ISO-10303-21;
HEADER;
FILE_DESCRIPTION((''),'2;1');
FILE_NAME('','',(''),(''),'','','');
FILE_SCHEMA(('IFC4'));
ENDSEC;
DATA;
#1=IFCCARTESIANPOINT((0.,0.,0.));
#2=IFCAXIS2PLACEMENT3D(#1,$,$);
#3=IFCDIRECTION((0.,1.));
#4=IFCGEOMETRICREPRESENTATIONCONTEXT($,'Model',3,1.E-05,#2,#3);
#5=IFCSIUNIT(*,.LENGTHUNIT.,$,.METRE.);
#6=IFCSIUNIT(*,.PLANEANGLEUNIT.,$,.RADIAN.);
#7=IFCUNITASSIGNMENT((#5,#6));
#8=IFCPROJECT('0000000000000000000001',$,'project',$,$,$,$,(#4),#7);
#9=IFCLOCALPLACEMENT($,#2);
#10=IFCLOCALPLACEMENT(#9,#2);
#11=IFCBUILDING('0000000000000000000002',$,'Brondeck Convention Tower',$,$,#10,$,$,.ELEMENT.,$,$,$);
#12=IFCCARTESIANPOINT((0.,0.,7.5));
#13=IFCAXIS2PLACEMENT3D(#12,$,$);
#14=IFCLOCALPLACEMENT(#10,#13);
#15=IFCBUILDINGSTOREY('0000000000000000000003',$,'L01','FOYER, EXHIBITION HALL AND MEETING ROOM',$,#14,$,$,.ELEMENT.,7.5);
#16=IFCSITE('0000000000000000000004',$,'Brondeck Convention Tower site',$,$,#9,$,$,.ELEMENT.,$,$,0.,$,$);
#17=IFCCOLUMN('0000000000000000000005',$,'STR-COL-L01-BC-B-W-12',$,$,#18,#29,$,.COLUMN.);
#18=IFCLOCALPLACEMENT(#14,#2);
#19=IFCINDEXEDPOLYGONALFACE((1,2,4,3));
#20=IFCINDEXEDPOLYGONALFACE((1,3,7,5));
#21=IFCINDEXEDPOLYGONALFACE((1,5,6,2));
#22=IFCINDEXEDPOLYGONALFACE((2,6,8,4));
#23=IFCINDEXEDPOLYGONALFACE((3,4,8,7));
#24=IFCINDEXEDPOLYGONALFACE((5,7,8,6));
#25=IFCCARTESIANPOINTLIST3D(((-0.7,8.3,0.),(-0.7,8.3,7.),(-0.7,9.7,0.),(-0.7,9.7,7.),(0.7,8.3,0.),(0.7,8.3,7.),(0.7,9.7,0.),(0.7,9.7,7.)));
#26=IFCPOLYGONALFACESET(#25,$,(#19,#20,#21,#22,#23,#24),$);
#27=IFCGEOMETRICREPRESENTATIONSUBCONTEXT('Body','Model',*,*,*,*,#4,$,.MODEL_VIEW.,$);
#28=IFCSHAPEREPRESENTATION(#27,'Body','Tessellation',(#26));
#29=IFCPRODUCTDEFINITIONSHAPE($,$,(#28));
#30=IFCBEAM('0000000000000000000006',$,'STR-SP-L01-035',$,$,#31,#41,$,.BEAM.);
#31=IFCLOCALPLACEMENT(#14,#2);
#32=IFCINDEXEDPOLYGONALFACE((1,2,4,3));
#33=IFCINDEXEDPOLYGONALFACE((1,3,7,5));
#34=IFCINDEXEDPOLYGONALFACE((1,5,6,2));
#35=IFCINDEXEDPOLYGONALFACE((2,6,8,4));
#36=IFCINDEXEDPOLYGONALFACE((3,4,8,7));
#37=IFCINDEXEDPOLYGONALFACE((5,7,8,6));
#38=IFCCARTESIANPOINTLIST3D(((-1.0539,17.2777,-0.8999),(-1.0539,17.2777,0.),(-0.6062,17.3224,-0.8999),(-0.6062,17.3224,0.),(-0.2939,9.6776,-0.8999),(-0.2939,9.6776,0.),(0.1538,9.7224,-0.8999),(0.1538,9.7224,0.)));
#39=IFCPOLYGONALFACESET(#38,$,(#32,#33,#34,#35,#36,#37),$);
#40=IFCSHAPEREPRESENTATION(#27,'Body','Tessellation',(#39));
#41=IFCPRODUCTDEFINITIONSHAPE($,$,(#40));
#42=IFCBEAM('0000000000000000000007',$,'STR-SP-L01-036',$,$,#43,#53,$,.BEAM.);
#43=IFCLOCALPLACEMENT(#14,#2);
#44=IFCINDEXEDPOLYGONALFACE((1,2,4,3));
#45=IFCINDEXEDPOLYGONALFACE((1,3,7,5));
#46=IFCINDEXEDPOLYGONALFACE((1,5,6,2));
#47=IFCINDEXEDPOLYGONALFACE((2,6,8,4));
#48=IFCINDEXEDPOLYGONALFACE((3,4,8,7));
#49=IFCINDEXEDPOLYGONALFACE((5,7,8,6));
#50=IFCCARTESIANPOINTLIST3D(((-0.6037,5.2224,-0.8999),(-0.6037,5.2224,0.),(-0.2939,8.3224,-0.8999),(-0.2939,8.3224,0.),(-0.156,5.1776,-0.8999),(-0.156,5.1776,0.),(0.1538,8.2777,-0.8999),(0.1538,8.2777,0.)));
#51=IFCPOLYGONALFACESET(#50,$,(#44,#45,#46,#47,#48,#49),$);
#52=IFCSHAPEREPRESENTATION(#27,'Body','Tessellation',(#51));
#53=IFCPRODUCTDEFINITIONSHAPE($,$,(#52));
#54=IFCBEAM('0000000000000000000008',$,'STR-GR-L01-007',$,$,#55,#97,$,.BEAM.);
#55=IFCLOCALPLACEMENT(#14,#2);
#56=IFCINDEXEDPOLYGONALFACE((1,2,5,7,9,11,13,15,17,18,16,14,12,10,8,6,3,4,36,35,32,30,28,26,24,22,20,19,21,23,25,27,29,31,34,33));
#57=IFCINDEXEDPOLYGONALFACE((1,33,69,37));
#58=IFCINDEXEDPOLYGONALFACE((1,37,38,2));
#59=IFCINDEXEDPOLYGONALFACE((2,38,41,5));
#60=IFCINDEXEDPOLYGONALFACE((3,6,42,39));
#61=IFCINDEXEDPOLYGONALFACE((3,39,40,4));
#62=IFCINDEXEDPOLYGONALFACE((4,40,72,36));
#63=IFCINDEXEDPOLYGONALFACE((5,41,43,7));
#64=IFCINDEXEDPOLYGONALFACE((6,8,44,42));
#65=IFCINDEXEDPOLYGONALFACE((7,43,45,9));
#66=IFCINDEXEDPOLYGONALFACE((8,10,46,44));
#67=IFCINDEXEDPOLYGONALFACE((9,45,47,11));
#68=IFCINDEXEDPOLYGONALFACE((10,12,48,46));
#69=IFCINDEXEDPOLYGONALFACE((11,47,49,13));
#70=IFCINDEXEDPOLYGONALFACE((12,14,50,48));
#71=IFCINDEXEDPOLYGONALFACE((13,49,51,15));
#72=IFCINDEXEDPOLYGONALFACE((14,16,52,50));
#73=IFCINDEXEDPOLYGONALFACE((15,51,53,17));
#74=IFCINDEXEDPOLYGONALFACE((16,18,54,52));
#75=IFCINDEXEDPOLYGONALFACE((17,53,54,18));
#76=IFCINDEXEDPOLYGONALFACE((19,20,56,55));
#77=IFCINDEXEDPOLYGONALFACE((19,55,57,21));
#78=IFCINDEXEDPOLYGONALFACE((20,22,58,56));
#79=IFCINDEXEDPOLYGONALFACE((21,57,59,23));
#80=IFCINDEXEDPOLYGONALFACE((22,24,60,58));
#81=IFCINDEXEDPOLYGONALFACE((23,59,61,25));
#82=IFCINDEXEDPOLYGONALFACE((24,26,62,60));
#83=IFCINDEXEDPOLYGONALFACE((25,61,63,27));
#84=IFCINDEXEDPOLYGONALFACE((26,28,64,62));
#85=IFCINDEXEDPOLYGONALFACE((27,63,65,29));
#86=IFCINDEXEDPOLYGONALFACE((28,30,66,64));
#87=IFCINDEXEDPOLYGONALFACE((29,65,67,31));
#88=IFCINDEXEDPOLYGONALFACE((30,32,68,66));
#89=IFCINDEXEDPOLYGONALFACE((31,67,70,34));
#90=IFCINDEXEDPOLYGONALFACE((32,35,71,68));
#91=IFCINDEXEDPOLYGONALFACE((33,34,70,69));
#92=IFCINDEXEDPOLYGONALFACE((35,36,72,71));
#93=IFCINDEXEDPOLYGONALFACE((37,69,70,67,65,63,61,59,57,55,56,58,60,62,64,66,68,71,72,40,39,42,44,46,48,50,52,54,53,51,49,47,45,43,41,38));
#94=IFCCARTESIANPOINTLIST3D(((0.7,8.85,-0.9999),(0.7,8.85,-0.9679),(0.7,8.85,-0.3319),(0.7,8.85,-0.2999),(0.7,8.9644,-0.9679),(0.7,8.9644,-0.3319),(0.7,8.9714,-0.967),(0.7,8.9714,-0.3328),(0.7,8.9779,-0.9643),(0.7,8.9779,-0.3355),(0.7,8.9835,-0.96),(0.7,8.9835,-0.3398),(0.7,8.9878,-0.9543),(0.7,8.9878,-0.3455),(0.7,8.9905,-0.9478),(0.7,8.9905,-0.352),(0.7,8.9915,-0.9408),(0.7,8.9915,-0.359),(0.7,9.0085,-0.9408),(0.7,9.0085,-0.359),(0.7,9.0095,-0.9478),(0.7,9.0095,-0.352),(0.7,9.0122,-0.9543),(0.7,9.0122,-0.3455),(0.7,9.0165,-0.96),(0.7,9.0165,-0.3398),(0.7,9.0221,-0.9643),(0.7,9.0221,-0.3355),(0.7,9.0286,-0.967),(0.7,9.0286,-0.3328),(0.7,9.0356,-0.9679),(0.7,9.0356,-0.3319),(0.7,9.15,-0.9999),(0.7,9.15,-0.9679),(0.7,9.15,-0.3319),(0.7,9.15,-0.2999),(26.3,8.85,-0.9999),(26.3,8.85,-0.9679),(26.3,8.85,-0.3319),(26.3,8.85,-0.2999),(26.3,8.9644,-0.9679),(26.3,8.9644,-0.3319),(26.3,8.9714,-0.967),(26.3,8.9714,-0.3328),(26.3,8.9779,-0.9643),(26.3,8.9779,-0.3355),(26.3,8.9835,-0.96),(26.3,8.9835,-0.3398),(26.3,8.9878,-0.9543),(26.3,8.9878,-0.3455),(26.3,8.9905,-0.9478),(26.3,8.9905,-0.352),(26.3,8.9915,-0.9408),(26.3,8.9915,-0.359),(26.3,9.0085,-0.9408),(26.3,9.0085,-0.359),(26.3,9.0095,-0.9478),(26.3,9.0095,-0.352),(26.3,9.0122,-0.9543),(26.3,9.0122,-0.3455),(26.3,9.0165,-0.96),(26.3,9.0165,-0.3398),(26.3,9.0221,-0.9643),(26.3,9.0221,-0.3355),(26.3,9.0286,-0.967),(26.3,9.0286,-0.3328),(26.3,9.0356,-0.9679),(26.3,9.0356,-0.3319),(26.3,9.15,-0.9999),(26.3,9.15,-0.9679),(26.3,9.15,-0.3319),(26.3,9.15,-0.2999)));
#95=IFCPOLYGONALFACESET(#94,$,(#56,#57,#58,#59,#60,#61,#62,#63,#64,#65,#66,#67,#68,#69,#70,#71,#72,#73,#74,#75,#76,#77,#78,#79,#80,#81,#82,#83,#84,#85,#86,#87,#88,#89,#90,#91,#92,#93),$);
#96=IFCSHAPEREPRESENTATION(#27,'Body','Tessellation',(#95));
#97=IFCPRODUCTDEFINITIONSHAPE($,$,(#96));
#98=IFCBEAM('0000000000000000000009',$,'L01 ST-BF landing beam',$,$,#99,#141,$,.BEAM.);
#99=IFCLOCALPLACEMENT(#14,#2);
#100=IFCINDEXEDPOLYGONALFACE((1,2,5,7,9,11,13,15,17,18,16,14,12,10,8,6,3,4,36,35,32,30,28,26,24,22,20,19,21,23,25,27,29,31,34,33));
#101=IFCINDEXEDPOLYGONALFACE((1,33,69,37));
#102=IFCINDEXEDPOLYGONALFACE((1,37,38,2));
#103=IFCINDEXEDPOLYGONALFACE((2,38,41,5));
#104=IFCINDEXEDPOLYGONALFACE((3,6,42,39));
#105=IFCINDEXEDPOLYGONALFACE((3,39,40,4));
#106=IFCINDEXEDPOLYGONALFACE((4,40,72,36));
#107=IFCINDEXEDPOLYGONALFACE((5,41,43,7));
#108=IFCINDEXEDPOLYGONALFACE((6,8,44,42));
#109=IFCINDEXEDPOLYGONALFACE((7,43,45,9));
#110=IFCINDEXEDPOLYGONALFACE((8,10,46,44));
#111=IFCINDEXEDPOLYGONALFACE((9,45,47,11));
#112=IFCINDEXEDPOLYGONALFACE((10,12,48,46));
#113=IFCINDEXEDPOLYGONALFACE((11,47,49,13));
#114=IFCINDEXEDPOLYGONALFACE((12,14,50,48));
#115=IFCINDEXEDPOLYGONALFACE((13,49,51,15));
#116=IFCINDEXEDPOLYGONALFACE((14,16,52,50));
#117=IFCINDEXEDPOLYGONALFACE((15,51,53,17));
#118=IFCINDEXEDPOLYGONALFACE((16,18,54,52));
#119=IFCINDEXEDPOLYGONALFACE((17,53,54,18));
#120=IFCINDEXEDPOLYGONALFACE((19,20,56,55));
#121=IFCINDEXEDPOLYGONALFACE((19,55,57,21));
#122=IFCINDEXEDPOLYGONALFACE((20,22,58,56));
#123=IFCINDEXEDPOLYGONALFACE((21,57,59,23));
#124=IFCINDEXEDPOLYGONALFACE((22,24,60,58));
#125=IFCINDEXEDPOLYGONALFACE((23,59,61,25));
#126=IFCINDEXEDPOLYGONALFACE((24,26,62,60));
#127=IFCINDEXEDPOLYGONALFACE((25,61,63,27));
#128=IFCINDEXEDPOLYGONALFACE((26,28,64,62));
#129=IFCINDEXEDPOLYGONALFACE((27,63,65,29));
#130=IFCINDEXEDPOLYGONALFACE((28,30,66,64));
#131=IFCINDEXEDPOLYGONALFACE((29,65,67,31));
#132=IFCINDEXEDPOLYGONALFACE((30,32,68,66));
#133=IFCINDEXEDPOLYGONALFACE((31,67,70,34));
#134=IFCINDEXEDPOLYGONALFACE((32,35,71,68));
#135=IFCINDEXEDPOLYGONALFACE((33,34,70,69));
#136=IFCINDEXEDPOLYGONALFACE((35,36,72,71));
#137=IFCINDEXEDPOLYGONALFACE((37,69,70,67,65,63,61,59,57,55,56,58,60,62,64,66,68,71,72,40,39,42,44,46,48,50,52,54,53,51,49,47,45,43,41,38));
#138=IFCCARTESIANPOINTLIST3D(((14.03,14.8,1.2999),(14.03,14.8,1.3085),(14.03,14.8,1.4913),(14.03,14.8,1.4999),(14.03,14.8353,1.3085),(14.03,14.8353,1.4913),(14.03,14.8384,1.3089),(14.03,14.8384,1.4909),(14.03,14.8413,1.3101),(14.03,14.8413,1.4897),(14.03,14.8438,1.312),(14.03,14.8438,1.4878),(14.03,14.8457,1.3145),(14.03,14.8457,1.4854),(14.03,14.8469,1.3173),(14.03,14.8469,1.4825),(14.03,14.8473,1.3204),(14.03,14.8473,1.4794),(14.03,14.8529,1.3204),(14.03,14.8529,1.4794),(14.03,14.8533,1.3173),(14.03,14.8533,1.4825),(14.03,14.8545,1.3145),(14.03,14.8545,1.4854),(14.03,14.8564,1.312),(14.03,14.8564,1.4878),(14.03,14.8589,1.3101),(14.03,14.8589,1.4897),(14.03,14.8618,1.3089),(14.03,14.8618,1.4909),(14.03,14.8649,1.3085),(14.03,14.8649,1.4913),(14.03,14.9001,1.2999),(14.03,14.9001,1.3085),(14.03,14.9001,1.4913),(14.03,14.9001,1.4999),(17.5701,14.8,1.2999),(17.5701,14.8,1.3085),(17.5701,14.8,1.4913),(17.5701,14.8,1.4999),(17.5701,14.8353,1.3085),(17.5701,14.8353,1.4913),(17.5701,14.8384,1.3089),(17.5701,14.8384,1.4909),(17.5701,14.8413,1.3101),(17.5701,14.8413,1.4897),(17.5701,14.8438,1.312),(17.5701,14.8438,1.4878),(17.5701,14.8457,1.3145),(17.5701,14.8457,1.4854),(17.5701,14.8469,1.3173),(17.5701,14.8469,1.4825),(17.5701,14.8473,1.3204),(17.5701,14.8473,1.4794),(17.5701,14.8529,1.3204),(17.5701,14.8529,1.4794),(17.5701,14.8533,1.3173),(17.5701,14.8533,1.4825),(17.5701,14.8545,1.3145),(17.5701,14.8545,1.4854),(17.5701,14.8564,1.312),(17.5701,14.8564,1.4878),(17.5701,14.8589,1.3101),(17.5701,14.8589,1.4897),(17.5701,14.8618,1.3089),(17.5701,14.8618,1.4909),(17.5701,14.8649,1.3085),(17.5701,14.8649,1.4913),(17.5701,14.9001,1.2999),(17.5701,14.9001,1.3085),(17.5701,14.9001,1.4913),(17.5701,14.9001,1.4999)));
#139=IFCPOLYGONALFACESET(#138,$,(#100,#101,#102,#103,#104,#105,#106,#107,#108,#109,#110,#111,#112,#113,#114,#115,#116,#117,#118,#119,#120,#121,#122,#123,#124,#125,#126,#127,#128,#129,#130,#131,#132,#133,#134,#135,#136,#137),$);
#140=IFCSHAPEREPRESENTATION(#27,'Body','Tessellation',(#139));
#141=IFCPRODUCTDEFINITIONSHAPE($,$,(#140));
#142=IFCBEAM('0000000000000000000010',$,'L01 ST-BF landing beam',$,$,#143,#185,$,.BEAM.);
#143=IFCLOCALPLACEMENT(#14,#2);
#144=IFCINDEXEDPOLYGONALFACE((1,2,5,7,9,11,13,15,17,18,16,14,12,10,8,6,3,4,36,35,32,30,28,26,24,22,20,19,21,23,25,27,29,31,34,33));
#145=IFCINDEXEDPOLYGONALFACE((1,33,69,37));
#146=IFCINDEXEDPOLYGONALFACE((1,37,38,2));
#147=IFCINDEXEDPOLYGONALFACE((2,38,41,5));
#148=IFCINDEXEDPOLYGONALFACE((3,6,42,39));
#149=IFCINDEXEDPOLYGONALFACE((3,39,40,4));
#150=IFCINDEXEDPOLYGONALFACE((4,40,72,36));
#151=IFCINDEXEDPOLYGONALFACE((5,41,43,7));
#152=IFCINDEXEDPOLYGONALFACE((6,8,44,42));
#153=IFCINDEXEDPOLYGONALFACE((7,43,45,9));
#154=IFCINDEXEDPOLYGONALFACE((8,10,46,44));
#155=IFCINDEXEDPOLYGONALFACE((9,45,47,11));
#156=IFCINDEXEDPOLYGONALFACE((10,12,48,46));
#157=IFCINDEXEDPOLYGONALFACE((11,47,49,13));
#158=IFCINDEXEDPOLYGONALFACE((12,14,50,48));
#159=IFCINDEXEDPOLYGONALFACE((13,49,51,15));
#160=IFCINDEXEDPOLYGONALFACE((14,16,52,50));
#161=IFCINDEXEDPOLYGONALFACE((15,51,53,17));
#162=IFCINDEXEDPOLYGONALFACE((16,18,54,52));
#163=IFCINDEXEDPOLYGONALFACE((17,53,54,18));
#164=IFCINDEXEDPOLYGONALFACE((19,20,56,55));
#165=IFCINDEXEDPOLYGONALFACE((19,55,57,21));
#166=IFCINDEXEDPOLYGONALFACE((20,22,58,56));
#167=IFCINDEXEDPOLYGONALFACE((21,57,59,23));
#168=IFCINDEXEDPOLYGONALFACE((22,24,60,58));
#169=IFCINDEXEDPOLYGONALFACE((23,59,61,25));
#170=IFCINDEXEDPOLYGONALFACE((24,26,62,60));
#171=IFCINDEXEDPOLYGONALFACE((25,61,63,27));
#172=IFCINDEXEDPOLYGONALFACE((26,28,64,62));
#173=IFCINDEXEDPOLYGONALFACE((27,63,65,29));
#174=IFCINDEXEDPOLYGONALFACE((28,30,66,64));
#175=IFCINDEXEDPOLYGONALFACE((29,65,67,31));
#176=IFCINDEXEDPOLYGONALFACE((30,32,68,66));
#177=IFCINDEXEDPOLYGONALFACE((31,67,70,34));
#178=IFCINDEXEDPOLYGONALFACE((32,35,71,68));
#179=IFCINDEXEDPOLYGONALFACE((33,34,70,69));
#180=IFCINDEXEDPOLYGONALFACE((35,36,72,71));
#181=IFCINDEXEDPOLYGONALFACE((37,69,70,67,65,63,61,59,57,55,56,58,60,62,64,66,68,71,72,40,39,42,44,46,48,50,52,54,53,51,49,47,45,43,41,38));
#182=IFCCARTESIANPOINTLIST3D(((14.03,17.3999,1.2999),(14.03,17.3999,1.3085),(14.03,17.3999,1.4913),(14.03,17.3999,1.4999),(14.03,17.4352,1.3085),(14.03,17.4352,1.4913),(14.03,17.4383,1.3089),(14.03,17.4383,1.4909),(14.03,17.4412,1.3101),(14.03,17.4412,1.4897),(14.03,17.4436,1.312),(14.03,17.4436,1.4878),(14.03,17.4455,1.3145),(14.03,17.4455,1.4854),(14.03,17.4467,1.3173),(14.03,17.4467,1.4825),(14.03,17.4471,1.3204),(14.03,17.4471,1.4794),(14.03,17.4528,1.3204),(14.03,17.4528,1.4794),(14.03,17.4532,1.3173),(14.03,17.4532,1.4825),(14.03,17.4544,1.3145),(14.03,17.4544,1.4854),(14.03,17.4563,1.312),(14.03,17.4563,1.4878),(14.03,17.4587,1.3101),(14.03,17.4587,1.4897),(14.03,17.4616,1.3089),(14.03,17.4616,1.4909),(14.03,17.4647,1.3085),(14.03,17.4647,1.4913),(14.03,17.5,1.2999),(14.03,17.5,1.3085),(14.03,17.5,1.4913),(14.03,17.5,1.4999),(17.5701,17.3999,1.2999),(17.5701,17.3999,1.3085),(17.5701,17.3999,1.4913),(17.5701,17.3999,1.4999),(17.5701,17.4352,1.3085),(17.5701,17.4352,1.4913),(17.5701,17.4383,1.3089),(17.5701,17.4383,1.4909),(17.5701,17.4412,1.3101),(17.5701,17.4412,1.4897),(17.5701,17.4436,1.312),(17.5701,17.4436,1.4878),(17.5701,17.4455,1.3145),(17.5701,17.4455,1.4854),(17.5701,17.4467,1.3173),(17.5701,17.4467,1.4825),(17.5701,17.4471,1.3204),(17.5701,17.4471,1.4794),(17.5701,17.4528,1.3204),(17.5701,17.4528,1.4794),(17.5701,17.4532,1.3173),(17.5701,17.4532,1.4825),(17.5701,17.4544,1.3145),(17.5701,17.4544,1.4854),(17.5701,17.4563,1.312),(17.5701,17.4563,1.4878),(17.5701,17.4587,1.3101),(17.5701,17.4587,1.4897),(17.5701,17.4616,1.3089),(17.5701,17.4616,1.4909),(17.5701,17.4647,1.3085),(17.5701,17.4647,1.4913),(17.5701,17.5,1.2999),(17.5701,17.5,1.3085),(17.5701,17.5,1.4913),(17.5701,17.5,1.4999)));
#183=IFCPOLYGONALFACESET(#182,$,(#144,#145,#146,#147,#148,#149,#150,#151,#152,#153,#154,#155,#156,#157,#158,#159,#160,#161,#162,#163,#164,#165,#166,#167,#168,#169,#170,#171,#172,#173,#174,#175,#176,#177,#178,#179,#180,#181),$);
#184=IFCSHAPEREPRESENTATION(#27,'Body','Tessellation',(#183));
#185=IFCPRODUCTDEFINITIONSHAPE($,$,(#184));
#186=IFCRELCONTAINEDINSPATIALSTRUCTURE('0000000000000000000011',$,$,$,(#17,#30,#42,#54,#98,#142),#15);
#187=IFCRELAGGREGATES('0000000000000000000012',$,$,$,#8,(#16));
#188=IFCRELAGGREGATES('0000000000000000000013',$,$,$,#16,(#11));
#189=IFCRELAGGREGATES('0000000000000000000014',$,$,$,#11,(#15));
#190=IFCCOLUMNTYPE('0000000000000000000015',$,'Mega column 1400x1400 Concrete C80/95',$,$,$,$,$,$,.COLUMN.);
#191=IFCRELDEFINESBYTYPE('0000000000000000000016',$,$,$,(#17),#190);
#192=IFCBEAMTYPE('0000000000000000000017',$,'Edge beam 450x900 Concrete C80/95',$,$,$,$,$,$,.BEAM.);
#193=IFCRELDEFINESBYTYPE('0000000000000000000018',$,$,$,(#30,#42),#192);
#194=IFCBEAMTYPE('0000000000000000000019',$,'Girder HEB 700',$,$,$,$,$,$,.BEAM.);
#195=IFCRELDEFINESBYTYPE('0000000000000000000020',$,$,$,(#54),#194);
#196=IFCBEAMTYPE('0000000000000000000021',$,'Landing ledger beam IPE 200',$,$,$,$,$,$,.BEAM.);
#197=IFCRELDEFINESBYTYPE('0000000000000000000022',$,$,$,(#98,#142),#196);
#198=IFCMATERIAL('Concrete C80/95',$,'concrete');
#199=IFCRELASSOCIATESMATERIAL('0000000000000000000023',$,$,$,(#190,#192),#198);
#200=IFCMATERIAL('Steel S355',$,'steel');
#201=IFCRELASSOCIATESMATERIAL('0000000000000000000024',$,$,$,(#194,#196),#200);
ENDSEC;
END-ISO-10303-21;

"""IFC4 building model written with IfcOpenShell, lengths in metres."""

from ifc_helpers import new_model, si_unit, direction, frame, origin, origin_2d, place, context, subcontext, project, spatial, rectangle, i_section, extrude, material, material_profile, profile_set, type_object, element, save


model = new_model("IFC4")

# Units and contexts
model_context = context("Model", 3, precision=1e-05, world=origin(), true_north=direction((0.0, 1.0)))
body_context = subcontext(model_context, "Body", "Model", "MODEL_VIEW")
ifc_project = project(units=[si_unit("LENGTHUNIT", "METRE"), si_unit("PLANEANGLEUNIT", "RADIAN")], contexts=[model_context])

# Site, building, storey
site_placement = place(None, origin())
site = spatial("IfcSite", under=ifc_project, at=site_placement, Name="Brondeck Convention Tower site", CompositionType="ELEMENT", RefElevation=0.0)
building_placement = place(site_placement, origin())
building = spatial("IfcBuilding", under=site, at=building_placement, Name="Brondeck Convention Tower", CompositionType="ELEMENT")
storey_placement = place(building_placement, frame((0.0, 0.0, 7.5)))
storey = spatial("IfcBuildingStorey", under=building, at=storey_placement, Name="L01", Description="FOYER, EXHIBITION HALL AND MEETING ROOM", CompositionType="ELEMENT", Elevation=7.5)

# Column
ifc_material_1 = material(Name="Concrete C80/95", Category="concrete")
ifc_material_profile_1 = material_profile(ifc_material_1, rectangle(XDim=1.3999, YDim=1.3999, at=origin_2d()), Name="Mega column 1400x1400 Concrete C80/95")
ifc_profile_set_1 = profile_set([ifc_material_profile_1], Name="Concrete C80/95")
column_type = type_object("IfcColumnType", Name="Mega column 1400x1400 Concrete C80/95", PredefinedType="COLUMN", material=ifc_profile_set_1)
column_placement = place(storey_placement, frame((0.0, 9.0, 0.0), z_axis=(0.0, 0.0, 1.0), x_axis=(1.0, 0.0, 0.0)))
element("IfcColumn", 1, at=column_placement, inside=storey, type_object=column_type, Name="STR-COL-L01-BC-B-W-12", PredefinedType="COLUMN", context=body_context, shape_type="SweptSolid", body=[
    extrude(rectangle(XDim=1.3999, YDim=1.3999, at=origin_2d()), origin(), (0.0, 0.0, 1.0), 7.0),
])

# Beams
ifc_material_profile_2 = material_profile(ifc_material_1, rectangle(XDim=0.45, YDim=0.8999, at=origin_2d()), Name="Edge beam 450x900 Concrete C80/95")
ifc_profile_set_2 = profile_set([ifc_material_profile_2], Name="Concrete C80/95")
beam_type_1 = type_object("IfcBeamType", Name="Edge beam 450x900 Concrete C80/95", PredefinedType="BEAM", material=ifc_profile_set_2)
beam_1_placement = place(storey_placement, frame((-0.8301, 17.3, -0.45), z_axis=(0.099504, -0.995037, 0.0), x_axis=(0.995037, 0.099504, 0.0)))
element("IfcBeam", 2, at=beam_1_placement, inside=storey, type_object=beam_type_1, Name="STR-SP-L01-035", PredefinedType="BEAM", context=body_context, shape_type="SweptSolid", body=[
    extrude(rectangle(XDim=0.45, YDim=0.8999, at=origin_2d()), origin(), (0.0, 0.0, 1.0), 7.6379),
])
beam_2_placement = place(storey_placement, frame((-0.0701, 8.3, -0.45), z_axis=(-0.099442, -0.995043, 0.0), x_axis=(0.995043, -0.099442, 0.0)))
element("IfcBeam", 3, at=beam_2_placement, inside=storey, type_object=beam_type_1, Name="STR-SP-L01-036", PredefinedType="BEAM", context=body_context, shape_type="SweptSolid", body=[
    extrude(rectangle(XDim=0.45, YDim=0.8999, at=origin_2d()), origin(), (0.0, 0.0, 1.0), 3.1155),
])
ifc_material_2 = material(Name="Steel S355", Category="steel")
ifc_material_profile_3 = material_profile(ifc_material_2, i_section(OverallWidth=0.3, OverallDepth=0.7, WebThickness=0.0171, FlangeThickness=0.032, FilletRadius=0.0271, at=origin_2d()), Name="HEB 700")
ifc_profile_set_3 = profile_set([ifc_material_profile_3], Name="Steel S355")
beam_type_2 = type_object("IfcBeamType", Name="Girder HEB 700", PredefinedType="BEAM", material=ifc_profile_set_3)
beam_3_placement = place(storey_placement, frame((0.7, 9.0, -0.6499), z_axis=(1.0, 0.0, 0.0), x_axis=(0.0, 1.0, 0.0)))
element("IfcBeam", 4, at=beam_3_placement, inside=storey, type_object=beam_type_2, Name="STR-GR-L01-007", PredefinedType="BEAM", context=body_context, shape_type="SweptSolid", body=[
    extrude(i_section(OverallWidth=0.3, OverallDepth=0.7, WebThickness=0.0171, FlangeThickness=0.032, FilletRadius=0.0271, at=origin_2d()), origin(), (0.0, 0.0, 1.0), 25.6001),
])
ifc_material_profile_4 = material_profile(ifc_material_2, i_section(OverallWidth=0.1001, OverallDepth=0.2, WebThickness=0.0056, FlangeThickness=0.0085, FilletRadius=0.012, at=origin_2d()), Name="IPE200")
ifc_profile_set_4 = profile_set([ifc_material_profile_4], Name="Steel S355")
beam_type_3 = type_object("IfcBeamType", Name="Landing ledger beam IPE 200", PredefinedType="BEAM", material=ifc_profile_set_4)
for number, where, z_axis, x_axis, name in (
    (5, (17.5701, 14.8501, 1.3999), (-1.0, 0.0, 0.0), (0.0, -1.0, 0.0), "L01 ST-BF landing beam"),
    (6, (17.5701, 17.45, 1.3999), (-1.0, 0.0, 0.0), (0.0, -1.0, 0.0), "L01 ST-BF landing beam"),
):
    element("IfcBeam", number, at=place(storey_placement, frame(where, z_axis=z_axis, x_axis=x_axis)), inside=storey, type_object=beam_type_3, Name=name, PredefinedType="BEAM", context=body_context, shape_type="SweptSolid", body=[
        extrude(i_section(OverallWidth=0.1001, OverallDepth=0.2, WebThickness=0.0056, FlangeThickness=0.0085, FilletRadius=0.012, at=origin_2d()), origin(), (0.0, 0.0, 1.0), 3.54),
    ])

save(model, "model.ifc")
